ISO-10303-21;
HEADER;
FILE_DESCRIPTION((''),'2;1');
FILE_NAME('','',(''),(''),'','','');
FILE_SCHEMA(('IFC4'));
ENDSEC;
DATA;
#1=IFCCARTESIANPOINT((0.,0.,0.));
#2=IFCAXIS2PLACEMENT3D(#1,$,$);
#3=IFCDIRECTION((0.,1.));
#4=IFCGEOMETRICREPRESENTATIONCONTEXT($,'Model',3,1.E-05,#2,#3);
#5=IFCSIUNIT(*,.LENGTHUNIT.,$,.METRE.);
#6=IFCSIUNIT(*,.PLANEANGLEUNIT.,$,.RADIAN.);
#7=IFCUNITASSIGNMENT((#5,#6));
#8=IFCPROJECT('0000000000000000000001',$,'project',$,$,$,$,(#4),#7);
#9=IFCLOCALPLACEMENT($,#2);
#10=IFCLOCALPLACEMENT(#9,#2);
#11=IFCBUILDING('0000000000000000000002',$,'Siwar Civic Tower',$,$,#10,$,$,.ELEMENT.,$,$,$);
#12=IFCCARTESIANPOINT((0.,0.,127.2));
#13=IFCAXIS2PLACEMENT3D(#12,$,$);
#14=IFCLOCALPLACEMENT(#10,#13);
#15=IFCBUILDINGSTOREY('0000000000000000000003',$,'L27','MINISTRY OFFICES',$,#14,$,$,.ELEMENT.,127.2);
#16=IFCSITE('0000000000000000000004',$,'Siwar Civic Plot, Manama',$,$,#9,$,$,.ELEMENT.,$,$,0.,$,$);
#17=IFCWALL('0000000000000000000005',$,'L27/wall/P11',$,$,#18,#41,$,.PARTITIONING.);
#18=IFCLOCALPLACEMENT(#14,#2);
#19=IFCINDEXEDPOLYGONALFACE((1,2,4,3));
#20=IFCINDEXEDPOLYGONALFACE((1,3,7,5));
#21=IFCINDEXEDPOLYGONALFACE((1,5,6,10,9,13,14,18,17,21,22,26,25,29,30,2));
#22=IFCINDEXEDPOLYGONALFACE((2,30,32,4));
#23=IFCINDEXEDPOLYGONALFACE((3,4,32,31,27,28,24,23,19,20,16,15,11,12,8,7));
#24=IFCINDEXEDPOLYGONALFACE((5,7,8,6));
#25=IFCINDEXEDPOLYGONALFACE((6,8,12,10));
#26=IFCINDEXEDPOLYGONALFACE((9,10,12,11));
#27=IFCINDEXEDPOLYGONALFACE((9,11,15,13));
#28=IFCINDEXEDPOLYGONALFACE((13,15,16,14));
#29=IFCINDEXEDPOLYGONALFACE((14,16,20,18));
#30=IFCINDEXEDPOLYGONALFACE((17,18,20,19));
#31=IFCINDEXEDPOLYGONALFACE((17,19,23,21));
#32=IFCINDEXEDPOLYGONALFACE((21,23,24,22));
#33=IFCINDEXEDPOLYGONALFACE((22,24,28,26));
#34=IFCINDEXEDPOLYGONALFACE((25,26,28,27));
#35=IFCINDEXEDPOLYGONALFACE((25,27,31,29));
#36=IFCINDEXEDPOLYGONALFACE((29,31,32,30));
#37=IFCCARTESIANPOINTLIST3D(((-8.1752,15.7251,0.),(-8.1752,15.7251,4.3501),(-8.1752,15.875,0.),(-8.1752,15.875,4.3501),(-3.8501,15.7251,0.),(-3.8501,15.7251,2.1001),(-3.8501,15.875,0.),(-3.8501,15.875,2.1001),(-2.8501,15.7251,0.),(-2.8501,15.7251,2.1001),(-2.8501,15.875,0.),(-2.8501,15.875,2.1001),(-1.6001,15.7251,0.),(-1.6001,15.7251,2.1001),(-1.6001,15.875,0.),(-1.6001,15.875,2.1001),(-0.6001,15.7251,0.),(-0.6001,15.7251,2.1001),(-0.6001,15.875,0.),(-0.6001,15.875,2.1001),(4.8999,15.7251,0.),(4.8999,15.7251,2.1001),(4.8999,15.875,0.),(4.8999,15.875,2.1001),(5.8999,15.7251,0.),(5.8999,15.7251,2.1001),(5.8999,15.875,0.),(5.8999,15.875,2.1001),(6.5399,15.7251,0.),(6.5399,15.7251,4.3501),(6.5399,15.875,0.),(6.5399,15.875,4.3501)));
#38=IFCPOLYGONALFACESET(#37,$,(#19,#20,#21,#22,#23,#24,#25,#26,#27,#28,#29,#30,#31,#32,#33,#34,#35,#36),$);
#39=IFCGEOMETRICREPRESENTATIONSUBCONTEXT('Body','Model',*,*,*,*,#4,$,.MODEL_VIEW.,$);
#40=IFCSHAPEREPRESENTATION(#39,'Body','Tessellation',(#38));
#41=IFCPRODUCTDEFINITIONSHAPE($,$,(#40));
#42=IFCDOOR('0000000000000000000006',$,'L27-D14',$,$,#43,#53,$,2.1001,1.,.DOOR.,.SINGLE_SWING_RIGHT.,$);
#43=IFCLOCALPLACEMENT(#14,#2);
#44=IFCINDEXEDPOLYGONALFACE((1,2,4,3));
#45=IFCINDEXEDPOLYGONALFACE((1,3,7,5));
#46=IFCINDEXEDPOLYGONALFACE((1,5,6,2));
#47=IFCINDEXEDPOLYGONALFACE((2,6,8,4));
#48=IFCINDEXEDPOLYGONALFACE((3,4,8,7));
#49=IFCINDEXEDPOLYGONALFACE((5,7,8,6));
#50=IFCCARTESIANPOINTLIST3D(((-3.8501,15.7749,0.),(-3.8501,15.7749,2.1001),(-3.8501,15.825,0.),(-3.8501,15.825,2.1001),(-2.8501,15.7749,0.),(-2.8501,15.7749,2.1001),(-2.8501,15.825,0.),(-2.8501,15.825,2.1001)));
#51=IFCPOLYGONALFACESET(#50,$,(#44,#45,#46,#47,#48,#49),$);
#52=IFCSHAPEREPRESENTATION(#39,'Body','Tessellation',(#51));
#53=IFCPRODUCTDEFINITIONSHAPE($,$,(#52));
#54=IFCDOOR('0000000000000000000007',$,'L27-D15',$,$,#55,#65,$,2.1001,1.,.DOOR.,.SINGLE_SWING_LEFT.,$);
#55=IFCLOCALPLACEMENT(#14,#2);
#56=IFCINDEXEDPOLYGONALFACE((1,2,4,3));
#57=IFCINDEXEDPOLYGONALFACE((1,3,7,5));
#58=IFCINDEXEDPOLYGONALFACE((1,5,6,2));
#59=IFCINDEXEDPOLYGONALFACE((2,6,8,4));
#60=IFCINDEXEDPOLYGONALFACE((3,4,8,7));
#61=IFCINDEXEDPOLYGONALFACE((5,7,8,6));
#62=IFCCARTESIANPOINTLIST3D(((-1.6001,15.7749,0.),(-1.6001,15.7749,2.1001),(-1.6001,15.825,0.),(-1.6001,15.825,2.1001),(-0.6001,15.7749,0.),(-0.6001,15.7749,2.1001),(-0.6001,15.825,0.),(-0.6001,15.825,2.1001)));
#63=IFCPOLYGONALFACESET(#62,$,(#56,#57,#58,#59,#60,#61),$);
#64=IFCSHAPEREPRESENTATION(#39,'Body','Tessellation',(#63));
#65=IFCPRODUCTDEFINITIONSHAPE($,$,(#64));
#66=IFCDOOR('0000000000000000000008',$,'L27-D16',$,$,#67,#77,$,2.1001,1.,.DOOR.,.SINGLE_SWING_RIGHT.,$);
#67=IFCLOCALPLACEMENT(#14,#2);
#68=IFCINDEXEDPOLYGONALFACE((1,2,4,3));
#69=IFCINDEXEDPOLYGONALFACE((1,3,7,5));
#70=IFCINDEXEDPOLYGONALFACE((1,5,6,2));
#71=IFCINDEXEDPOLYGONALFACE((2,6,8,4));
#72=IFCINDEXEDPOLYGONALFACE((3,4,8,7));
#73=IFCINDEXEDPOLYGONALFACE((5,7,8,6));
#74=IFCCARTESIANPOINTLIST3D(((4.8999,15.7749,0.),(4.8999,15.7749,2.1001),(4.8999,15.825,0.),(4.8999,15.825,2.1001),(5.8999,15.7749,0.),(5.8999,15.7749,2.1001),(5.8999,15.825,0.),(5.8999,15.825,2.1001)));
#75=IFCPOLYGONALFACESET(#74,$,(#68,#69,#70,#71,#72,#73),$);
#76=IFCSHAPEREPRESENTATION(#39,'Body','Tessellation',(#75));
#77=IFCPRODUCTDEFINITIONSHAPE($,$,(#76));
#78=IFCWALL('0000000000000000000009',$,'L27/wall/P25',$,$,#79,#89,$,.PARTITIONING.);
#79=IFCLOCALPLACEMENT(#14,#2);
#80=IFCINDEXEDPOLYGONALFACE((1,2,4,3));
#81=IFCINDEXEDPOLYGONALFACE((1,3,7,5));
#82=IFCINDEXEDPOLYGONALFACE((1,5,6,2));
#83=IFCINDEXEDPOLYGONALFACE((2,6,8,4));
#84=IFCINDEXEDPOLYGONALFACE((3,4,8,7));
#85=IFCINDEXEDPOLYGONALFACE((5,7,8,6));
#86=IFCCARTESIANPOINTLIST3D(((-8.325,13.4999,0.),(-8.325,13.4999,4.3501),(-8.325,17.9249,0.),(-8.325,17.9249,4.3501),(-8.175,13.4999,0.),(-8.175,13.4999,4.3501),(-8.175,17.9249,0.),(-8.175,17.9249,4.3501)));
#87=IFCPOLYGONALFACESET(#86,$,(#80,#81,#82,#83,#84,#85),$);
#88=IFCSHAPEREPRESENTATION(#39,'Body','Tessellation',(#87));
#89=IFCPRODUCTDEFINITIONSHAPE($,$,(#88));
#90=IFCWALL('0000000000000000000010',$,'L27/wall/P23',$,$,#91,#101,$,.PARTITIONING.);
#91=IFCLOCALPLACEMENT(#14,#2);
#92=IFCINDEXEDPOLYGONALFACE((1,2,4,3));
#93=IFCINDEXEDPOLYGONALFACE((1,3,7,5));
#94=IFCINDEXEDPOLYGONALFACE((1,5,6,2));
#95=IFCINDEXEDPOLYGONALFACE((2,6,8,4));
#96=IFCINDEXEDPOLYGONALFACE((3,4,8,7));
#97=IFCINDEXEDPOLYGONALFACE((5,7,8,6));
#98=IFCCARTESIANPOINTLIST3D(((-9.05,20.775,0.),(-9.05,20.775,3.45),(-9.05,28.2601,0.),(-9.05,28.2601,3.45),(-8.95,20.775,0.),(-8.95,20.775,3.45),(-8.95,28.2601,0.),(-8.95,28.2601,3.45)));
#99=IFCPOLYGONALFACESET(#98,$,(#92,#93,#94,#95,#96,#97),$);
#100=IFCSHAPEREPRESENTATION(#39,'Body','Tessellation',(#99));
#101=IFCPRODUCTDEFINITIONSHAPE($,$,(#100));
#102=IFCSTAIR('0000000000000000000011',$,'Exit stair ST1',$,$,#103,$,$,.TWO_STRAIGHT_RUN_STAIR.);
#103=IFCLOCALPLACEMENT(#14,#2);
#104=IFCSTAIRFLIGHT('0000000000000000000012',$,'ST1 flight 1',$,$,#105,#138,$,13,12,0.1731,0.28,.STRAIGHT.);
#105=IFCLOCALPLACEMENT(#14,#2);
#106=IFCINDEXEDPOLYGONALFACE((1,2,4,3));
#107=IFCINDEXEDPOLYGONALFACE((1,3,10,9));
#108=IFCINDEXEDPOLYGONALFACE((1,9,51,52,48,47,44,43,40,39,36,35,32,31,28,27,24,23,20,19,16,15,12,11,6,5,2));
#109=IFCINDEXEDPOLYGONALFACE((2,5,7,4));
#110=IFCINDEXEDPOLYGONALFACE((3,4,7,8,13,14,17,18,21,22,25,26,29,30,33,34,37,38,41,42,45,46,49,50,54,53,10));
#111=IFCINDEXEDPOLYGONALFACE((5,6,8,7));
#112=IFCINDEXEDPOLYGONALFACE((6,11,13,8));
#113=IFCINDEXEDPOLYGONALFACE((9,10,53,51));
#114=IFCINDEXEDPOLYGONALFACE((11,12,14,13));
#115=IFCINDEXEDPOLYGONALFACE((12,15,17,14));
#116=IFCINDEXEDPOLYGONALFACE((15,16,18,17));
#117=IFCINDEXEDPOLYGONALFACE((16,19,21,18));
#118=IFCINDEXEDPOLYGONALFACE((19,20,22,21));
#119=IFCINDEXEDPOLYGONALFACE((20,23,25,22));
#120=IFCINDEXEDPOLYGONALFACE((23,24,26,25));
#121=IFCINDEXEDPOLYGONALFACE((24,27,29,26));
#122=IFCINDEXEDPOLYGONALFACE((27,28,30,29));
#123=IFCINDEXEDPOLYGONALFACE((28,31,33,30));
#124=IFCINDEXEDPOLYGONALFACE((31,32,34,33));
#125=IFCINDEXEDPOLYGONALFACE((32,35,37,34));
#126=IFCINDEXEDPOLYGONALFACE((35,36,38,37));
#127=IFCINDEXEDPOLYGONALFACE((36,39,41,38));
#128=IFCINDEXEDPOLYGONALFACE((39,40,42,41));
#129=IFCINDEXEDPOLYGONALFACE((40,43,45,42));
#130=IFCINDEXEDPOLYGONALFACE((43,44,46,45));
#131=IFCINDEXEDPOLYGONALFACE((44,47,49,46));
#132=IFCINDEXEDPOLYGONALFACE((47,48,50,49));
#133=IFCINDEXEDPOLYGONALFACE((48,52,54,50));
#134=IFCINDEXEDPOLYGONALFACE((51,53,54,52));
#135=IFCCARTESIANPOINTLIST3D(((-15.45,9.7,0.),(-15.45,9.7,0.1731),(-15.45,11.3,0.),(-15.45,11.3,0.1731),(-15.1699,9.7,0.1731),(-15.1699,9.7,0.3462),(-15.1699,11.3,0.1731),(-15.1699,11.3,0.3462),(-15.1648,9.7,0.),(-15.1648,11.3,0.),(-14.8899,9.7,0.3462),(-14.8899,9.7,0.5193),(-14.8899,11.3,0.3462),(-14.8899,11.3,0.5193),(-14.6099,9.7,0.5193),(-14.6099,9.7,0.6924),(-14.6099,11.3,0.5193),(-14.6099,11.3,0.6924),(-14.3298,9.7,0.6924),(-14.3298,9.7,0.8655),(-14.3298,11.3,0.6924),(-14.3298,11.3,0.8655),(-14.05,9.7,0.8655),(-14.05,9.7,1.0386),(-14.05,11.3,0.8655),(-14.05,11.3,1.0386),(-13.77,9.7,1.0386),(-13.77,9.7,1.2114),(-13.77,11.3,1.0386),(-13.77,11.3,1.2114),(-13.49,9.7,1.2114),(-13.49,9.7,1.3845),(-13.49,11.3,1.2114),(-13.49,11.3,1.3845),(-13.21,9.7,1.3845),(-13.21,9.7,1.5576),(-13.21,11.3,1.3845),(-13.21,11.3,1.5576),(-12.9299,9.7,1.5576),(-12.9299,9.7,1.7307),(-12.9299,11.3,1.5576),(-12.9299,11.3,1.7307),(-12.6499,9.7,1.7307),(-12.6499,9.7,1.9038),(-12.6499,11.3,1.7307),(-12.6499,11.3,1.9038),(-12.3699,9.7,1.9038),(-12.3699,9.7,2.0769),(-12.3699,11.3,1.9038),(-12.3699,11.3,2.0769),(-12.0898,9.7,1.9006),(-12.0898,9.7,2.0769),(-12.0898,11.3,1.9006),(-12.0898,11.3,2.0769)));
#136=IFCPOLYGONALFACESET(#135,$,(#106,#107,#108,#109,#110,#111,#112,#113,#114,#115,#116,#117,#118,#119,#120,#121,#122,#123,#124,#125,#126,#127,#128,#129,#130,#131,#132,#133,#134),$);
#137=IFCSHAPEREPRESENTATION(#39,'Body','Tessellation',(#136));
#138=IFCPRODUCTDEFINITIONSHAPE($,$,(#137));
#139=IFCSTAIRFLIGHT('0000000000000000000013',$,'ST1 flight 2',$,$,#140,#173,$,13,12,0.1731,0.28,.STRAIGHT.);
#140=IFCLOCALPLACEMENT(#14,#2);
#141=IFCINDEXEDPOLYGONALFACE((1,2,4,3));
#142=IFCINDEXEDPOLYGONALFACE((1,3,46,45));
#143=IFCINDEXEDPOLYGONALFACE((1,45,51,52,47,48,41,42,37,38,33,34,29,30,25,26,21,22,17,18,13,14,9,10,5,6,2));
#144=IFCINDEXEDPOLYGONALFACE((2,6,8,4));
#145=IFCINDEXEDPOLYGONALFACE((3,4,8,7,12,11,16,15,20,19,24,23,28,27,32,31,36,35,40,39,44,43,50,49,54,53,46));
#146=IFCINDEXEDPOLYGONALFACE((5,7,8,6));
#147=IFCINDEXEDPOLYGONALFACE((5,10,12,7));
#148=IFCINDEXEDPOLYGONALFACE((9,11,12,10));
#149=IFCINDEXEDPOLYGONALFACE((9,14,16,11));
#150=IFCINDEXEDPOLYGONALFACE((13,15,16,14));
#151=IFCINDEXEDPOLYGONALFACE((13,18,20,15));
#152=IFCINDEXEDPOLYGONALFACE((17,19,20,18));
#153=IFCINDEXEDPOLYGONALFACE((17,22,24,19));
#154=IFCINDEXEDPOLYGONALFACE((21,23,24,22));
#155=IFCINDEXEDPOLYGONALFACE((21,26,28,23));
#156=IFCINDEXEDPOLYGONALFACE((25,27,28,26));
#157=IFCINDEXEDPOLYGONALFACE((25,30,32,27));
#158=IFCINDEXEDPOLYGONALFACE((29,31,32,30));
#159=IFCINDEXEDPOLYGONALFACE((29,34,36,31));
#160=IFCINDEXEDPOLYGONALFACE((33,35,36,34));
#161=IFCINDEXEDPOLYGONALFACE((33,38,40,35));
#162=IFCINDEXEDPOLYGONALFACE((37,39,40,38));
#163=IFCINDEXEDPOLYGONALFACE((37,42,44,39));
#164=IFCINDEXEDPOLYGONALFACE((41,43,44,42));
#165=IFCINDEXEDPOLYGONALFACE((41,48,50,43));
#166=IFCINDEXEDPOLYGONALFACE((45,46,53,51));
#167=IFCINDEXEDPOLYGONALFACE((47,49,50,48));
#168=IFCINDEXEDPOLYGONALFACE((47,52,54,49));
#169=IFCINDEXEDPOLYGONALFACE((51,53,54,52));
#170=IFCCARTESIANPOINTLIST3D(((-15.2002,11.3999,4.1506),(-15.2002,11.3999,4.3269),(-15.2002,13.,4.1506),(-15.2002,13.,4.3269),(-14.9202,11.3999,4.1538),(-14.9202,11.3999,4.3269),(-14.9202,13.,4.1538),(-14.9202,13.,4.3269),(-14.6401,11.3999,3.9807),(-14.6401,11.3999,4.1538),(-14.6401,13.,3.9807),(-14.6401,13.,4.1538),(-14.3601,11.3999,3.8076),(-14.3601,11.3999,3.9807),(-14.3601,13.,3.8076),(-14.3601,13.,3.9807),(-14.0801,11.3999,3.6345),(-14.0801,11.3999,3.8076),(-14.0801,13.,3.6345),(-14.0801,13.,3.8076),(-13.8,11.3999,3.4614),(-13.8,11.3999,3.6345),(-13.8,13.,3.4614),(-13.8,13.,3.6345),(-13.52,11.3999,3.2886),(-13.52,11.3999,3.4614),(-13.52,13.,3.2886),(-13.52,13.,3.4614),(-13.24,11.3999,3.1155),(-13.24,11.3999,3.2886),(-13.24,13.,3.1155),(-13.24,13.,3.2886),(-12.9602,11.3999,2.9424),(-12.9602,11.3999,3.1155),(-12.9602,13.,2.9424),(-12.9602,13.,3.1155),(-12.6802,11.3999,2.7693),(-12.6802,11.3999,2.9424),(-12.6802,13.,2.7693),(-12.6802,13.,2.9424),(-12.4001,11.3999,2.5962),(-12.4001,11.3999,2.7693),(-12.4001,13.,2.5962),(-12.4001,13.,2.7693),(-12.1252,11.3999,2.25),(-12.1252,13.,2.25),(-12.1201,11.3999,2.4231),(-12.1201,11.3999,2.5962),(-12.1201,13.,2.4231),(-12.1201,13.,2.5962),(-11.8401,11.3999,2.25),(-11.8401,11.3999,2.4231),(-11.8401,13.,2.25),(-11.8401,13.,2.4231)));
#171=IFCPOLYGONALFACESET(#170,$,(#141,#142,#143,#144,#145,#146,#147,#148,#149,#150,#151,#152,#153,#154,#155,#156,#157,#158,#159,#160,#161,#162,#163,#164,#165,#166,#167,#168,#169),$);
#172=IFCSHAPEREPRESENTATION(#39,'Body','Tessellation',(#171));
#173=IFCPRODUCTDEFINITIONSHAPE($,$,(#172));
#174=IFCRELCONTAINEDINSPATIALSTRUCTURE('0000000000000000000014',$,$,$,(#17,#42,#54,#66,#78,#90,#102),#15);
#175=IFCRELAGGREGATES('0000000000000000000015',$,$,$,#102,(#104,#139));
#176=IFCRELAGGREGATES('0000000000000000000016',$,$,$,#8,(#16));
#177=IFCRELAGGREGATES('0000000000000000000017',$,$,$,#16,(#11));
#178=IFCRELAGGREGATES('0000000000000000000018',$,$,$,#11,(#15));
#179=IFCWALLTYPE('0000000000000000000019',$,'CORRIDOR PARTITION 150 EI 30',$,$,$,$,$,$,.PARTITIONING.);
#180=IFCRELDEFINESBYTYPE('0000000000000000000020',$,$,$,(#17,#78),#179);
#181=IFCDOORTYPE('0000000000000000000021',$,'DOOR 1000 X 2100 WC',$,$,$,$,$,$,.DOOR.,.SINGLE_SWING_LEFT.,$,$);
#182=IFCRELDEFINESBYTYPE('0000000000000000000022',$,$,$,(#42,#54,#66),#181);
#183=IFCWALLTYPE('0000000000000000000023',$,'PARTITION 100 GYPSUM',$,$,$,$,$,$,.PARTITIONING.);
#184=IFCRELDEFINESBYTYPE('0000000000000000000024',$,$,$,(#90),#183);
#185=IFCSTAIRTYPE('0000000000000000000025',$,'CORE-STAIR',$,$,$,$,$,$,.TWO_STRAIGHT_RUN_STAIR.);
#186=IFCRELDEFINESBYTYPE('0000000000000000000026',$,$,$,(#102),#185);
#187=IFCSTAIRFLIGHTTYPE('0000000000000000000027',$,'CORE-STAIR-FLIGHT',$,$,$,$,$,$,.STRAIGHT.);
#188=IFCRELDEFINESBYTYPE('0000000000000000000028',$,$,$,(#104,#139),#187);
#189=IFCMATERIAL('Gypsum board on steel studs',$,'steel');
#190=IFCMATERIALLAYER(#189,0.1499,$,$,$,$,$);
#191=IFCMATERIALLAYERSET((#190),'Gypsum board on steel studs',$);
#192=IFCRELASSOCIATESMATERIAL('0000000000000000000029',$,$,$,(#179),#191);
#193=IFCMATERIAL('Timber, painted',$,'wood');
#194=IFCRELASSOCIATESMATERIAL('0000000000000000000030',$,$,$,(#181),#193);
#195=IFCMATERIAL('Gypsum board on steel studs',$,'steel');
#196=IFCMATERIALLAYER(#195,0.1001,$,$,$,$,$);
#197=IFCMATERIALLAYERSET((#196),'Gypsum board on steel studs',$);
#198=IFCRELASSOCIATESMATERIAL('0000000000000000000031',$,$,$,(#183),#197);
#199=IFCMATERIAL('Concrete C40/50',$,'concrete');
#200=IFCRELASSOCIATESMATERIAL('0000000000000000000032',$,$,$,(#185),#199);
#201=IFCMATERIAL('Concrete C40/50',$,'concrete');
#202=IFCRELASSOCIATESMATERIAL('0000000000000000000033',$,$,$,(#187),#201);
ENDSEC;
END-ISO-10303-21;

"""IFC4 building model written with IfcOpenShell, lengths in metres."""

from ifc_helpers import new_model, si_unit, direction, frame, frame_2d, origin, place, context, subcontext, project, spatial, polyline, rectangle, outline, extrude, material, layer, layer_set, type_object, element, fill, aggregate, save


model = new_model("IFC4")

# Units and contexts
model_context = context("Model", 3, precision=1e-05, world=origin(), true_north=direction((0.0, 1.0)))
body_context = subcontext(model_context, "Body", "Model", "MODEL_VIEW")
ifc_project = project(units=[si_unit("LENGTHUNIT", "METRE"), si_unit("PLANEANGLEUNIT", "RADIAN")], contexts=[model_context])

# Site, building, storey
site_placement = place(None, origin())
site = spatial("IfcSite", under=ifc_project, at=site_placement, Name="Siwar Civic Plot, Manama", CompositionType="ELEMENT", RefElevation=0.0)
building_placement = place(site_placement, origin())
building = spatial("IfcBuilding", under=site, at=building_placement, Name="Siwar Civic Tower", CompositionType="ELEMENT")
storey_placement = place(building_placement, frame((0.0, 0.0, 127.2)))
storey = spatial("IfcBuildingStorey", under=building, at=storey_placement, Name="L27", Description="MINISTRY OFFICES", CompositionType="ELEMENT", Elevation=127.2)

# Wall, openings, doors
ifc_material_1 = material(Name="Gypsum board on steel studs", Category="steel")
ifc_layer_1 = layer(ifc_material_1, 0.1499)
ifc_layer_set_1 = layer_set([ifc_layer_1], Name="Gypsum board on steel studs")
wall_type_1 = type_object("IfcWallType", Name="CORRIDOR PARTITION 150 EI 30", PredefinedType="PARTITIONING", material=ifc_layer_set_1)
wall_1_placement = place(storey_placement, frame((-8.175, 15.8, 0.0), z_axis=(0.0, 0.0, 1.0), x_axis=(1.0, 0.0, 0.0)))
wall_1 = element("IfcWall", 1, at=wall_1_placement, inside=storey, type_object=wall_type_1, Name="L27/wall/P11", PredefinedType="PARTITIONING", context=body_context, shape_type="SweptSolid", body=[
    extrude(rectangle(XDim=14.7151, YDim=0.1499, at=frame_2d((7.3574, 0.0))), origin(), (0.0, 0.0, 1.0), 4.3501),
])
opening_1_placement = place(wall_1_placement, frame((4.325, 0.0, 0.0)))
opening_1 = element("IfcOpeningElement", 2, at=opening_1_placement, cuts=wall_1, PredefinedType="OPENING", context=body_context, shape_type="SweptSolid", body=[
    extrude(rectangle(XDim=1.0, YDim=2.1001, at=frame_2d((0.5, 1.05))), frame((0.0, 0.085, 0.0), z_axis=(0.0, -1.0, 0.0), x_axis=(1.0, 0.0, 0.0)), (0.0, 0.0, 1.0), 0.1699),
])
opening_2_placement = place(wall_1_placement, frame((6.575, 0.0, 0.0)))
opening_2 = element("IfcOpeningElement", 3, at=opening_2_placement, cuts=wall_1, PredefinedType="OPENING", context=body_context, shape_type="SweptSolid", body=[
    extrude(rectangle(XDim=1.0, YDim=2.1001, at=frame_2d((0.5, 1.05))), frame((0.0, 0.085, 0.0), z_axis=(0.0, -1.0, 0.0), x_axis=(1.0, 0.0, 0.0)), (0.0, 0.0, 1.0), 0.1699),
])
opening_3_placement = place(wall_1_placement, frame((13.075, 0.0, 0.0)))
opening_3 = element("IfcOpeningElement", 4, at=opening_3_placement, cuts=wall_1, PredefinedType="OPENING", context=body_context, shape_type="SweptSolid", body=[
    extrude(rectangle(XDim=1.0, YDim=2.1001, at=frame_2d((0.5, 1.05))), frame((0.0, 0.085, 0.0), z_axis=(0.0, -1.0, 0.0), x_axis=(1.0, 0.0, 0.0)), (0.0, 0.0, 1.0), 0.1699),
])
ifc_material_2 = material(Name="Timber, painted", Category="wood")
door_type_1 = type_object("IfcDoorType", Name="DOOR 1000 X 2100 WC", OperationType="SINGLE_SWING_LEFT", PredefinedType="DOOR", material=ifc_material_2)
door_1_placement = place(opening_1_placement, origin())
door_1 = element("IfcDoor", 5, at=door_1_placement, inside=storey, type_object=door_type_1, Name="L27-D14", OperationType="SINGLE_SWING_RIGHT", OverallHeight=2.1001, OverallWidth=1.0, PredefinedType="DOOR", context=body_context, shape_type="SweptSolid", body=[
    extrude(rectangle(XDim=1.0, YDim=2.1001, at=frame_2d((0.5, 1.05))), frame((0.0, 0.0249, 0.0), z_axis=(0.0, -1.0, 0.0), x_axis=(1.0, 0.0, 0.0)), (0.0, 0.0, 1.0), 0.05),
])
fill(opening_1, door_1)
door_2_placement = place(opening_2_placement, origin())
door_2 = element("IfcDoor", 6, at=door_2_placement, inside=storey, type_object=door_type_1, Name="L27-D15", OperationType="SINGLE_SWING_LEFT", OverallHeight=2.1001, OverallWidth=1.0, PredefinedType="DOOR", context=body_context, shape_type="SweptSolid", body=[
    extrude(rectangle(XDim=1.0, YDim=2.1001, at=frame_2d((0.5, 1.05))), frame((0.0, 0.0249, 0.0), z_axis=(0.0, -1.0, 0.0), x_axis=(1.0, 0.0, 0.0)), (0.0, 0.0, 1.0), 0.05),
])
fill(opening_2, door_2)
door_3_placement = place(opening_3_placement, origin())
door_3 = element("IfcDoor", 7, at=door_3_placement, inside=storey, type_object=door_type_1, Name="L27-D16", OperationType="SINGLE_SWING_RIGHT", OverallHeight=2.1001, OverallWidth=1.0, PredefinedType="DOOR", context=body_context, shape_type="SweptSolid", body=[
    extrude(rectangle(XDim=1.0, YDim=2.1001, at=frame_2d((0.5, 1.05))), frame((0.0, 0.0249, 0.0), z_axis=(0.0, -1.0, 0.0), x_axis=(1.0, 0.0, 0.0)), (0.0, 0.0, 1.0), 0.05),
])
fill(opening_3, door_3)

# Walls
wall_2_placement = place(storey_placement, frame((-8.25, 13.5, 0.0), z_axis=(0.0, 0.0, 1.0), x_axis=(0.0, 1.0, 0.0)))
element("IfcWall", 8, at=wall_2_placement, inside=storey, type_object=wall_type_1, Name="L27/wall/P25", PredefinedType="PARTITIONING", context=body_context, shape_type="SweptSolid", body=[
    extrude(rectangle(XDim=4.425, YDim=0.1499, at=frame_2d((2.2124, 0.0))), origin(), (0.0, 0.0, 1.0), 4.3501),
])
ifc_material_3 = material(Name="Gypsum board on steel studs", Category="steel")
ifc_layer_2 = layer(ifc_material_3, 0.1001)
ifc_layer_set_2 = layer_set([ifc_layer_2], Name="Gypsum board on steel studs")
wall_type_2 = type_object("IfcWallType", Name="PARTITION 100 GYPSUM", PredefinedType="PARTITIONING", material=ifc_layer_set_2)
wall_3_placement = place(storey_placement, frame((-9.0, 20.7749, 0.0), z_axis=(0.0, 0.0, 1.0), x_axis=(0.0, 1.0, 0.0)))
element("IfcWall", 9, at=wall_3_placement, inside=storey, type_object=wall_type_2, Name="L27/wall/P23", PredefinedType="PARTITIONING", context=body_context, shape_type="SweptSolid", body=[
    extrude(rectangle(XDim=7.4851, YDim=0.1001, at=frame_2d((3.7427, 0.0))), origin(), (0.0, 0.0, 1.0), 3.45),
])

# Stair, stair flights
ifc_material_4 = material(Name="Concrete C40/50", Category="concrete")
stair_type = type_object("IfcStairType", Name="CORE-STAIR", PredefinedType="TWO_STRAIGHT_RUN_STAIR", material=ifc_material_4)
stair_placement = place(storey_placement, origin())
stair = element("IfcStair", 10, at=stair_placement, inside=storey, type_object=stair_type, Name="Exit stair ST1", PredefinedType="TWO_STRAIGHT_RUN_STAIR")
ifc_material_5 = material(Name="Concrete C40/50", Category="concrete")
stair_flight_type = type_object("IfcStairFlightType", Name="CORE-STAIR-FLIGHT", PredefinedType="STRAIGHT", material=ifc_material_5)
stair_flight_1_placement = place(storey_placement, frame((-15.45, 10.5, 0.0), z_axis=(0.0, 0.0, 1.0), x_axis=(1.0, 0.0, 0.0)))
stair_flight_1 = element("IfcStairFlight", 11, at=stair_flight_1_placement, type_object=stair_flight_type, Name="ST1 flight 1", NumberOfRisers=13, NumberOfTreads=12, PredefinedType="STRAIGHT", RiserHeight=0.1731, TreadLength=0.28, context=body_context, shape_type="SweptSolid", body=[
    extrude(outline(polyline([(0.0, 0.0), (0.0, 0.1731), (0.28, 0.1731), (0.28, 0.3462), (0.5601, 0.3462), (0.5601, 0.5193), (0.8401, 0.5193), (0.8401, 0.6924), (1.1201, 0.6924), (1.1201, 0.8655), (1.3999, 0.8655), (1.3999, 1.0386), (1.6799, 1.0386), (1.6799, 1.2114), (1.96, 1.2114), (1.96, 1.3845), (2.24, 1.3845), (2.24, 1.5576), (2.52, 1.5576), (2.52, 1.7307), (2.8, 1.7307), (2.8, 1.9038), (3.0801, 1.9038), (3.0801, 2.0769), (3.3601, 2.0769), (3.3601, 2.25), (3.3601, 1.9006), (0.2852, 0.0), (0.0, 0.0)])), frame((0.0, 0.8, 0.0), z_axis=(0.0, -1.0, 0.0), x_axis=(1.0, 0.0, 0.0)), (0.0, 0.0, 1.0), 1.6001),
])
stair_flight_2_placement = place(storey_placement, frame((-11.8401, 12.2, 2.25), z_axis=(0.0, 0.0, 1.0), x_axis=(-1.0, 0.0, 0.0)))
stair_flight_2 = element("IfcStairFlight", 12, at=stair_flight_2_placement, type_object=stair_flight_type, Name="ST1 flight 2", NumberOfRisers=13, NumberOfTreads=12, PredefinedType="STRAIGHT", RiserHeight=0.1731, TreadLength=0.28, context=body_context, shape_type="SweptSolid", body=[
    extrude(outline(polyline([(0.0, 0.0), (0.0, 0.1731), (0.28, 0.1731), (0.28, 0.3462), (0.5601, 0.3462), (0.5601, 0.5193), (0.8401, 0.5193), (0.8401, 0.6924), (1.1201, 0.6924), (1.1201, 0.8655), (1.3999, 0.8655), (1.3999, 1.0386), (1.6799, 1.0386), (1.6799, 1.2114), (1.96, 1.2114), (1.96, 1.3845), (2.24, 1.3845), (2.24, 1.5576), (2.52, 1.5576), (2.52, 1.7307), (2.8, 1.7307), (2.8, 1.9038), (3.0801, 1.9038), (3.0801, 2.0769), (3.3601, 2.0769), (3.3601, 2.25), (3.3601, 1.9006), (0.2852, 0.0), (0.0, 0.0)])), frame((0.0, 0.8, 0.0), z_axis=(0.0, -1.0, 0.0), x_axis=(1.0, 0.0, 0.0)), (0.0, 0.0, 1.0), 1.6001),
])
aggregate(stair, [stair_flight_1, stair_flight_2])

save(model, "model.ifc")
